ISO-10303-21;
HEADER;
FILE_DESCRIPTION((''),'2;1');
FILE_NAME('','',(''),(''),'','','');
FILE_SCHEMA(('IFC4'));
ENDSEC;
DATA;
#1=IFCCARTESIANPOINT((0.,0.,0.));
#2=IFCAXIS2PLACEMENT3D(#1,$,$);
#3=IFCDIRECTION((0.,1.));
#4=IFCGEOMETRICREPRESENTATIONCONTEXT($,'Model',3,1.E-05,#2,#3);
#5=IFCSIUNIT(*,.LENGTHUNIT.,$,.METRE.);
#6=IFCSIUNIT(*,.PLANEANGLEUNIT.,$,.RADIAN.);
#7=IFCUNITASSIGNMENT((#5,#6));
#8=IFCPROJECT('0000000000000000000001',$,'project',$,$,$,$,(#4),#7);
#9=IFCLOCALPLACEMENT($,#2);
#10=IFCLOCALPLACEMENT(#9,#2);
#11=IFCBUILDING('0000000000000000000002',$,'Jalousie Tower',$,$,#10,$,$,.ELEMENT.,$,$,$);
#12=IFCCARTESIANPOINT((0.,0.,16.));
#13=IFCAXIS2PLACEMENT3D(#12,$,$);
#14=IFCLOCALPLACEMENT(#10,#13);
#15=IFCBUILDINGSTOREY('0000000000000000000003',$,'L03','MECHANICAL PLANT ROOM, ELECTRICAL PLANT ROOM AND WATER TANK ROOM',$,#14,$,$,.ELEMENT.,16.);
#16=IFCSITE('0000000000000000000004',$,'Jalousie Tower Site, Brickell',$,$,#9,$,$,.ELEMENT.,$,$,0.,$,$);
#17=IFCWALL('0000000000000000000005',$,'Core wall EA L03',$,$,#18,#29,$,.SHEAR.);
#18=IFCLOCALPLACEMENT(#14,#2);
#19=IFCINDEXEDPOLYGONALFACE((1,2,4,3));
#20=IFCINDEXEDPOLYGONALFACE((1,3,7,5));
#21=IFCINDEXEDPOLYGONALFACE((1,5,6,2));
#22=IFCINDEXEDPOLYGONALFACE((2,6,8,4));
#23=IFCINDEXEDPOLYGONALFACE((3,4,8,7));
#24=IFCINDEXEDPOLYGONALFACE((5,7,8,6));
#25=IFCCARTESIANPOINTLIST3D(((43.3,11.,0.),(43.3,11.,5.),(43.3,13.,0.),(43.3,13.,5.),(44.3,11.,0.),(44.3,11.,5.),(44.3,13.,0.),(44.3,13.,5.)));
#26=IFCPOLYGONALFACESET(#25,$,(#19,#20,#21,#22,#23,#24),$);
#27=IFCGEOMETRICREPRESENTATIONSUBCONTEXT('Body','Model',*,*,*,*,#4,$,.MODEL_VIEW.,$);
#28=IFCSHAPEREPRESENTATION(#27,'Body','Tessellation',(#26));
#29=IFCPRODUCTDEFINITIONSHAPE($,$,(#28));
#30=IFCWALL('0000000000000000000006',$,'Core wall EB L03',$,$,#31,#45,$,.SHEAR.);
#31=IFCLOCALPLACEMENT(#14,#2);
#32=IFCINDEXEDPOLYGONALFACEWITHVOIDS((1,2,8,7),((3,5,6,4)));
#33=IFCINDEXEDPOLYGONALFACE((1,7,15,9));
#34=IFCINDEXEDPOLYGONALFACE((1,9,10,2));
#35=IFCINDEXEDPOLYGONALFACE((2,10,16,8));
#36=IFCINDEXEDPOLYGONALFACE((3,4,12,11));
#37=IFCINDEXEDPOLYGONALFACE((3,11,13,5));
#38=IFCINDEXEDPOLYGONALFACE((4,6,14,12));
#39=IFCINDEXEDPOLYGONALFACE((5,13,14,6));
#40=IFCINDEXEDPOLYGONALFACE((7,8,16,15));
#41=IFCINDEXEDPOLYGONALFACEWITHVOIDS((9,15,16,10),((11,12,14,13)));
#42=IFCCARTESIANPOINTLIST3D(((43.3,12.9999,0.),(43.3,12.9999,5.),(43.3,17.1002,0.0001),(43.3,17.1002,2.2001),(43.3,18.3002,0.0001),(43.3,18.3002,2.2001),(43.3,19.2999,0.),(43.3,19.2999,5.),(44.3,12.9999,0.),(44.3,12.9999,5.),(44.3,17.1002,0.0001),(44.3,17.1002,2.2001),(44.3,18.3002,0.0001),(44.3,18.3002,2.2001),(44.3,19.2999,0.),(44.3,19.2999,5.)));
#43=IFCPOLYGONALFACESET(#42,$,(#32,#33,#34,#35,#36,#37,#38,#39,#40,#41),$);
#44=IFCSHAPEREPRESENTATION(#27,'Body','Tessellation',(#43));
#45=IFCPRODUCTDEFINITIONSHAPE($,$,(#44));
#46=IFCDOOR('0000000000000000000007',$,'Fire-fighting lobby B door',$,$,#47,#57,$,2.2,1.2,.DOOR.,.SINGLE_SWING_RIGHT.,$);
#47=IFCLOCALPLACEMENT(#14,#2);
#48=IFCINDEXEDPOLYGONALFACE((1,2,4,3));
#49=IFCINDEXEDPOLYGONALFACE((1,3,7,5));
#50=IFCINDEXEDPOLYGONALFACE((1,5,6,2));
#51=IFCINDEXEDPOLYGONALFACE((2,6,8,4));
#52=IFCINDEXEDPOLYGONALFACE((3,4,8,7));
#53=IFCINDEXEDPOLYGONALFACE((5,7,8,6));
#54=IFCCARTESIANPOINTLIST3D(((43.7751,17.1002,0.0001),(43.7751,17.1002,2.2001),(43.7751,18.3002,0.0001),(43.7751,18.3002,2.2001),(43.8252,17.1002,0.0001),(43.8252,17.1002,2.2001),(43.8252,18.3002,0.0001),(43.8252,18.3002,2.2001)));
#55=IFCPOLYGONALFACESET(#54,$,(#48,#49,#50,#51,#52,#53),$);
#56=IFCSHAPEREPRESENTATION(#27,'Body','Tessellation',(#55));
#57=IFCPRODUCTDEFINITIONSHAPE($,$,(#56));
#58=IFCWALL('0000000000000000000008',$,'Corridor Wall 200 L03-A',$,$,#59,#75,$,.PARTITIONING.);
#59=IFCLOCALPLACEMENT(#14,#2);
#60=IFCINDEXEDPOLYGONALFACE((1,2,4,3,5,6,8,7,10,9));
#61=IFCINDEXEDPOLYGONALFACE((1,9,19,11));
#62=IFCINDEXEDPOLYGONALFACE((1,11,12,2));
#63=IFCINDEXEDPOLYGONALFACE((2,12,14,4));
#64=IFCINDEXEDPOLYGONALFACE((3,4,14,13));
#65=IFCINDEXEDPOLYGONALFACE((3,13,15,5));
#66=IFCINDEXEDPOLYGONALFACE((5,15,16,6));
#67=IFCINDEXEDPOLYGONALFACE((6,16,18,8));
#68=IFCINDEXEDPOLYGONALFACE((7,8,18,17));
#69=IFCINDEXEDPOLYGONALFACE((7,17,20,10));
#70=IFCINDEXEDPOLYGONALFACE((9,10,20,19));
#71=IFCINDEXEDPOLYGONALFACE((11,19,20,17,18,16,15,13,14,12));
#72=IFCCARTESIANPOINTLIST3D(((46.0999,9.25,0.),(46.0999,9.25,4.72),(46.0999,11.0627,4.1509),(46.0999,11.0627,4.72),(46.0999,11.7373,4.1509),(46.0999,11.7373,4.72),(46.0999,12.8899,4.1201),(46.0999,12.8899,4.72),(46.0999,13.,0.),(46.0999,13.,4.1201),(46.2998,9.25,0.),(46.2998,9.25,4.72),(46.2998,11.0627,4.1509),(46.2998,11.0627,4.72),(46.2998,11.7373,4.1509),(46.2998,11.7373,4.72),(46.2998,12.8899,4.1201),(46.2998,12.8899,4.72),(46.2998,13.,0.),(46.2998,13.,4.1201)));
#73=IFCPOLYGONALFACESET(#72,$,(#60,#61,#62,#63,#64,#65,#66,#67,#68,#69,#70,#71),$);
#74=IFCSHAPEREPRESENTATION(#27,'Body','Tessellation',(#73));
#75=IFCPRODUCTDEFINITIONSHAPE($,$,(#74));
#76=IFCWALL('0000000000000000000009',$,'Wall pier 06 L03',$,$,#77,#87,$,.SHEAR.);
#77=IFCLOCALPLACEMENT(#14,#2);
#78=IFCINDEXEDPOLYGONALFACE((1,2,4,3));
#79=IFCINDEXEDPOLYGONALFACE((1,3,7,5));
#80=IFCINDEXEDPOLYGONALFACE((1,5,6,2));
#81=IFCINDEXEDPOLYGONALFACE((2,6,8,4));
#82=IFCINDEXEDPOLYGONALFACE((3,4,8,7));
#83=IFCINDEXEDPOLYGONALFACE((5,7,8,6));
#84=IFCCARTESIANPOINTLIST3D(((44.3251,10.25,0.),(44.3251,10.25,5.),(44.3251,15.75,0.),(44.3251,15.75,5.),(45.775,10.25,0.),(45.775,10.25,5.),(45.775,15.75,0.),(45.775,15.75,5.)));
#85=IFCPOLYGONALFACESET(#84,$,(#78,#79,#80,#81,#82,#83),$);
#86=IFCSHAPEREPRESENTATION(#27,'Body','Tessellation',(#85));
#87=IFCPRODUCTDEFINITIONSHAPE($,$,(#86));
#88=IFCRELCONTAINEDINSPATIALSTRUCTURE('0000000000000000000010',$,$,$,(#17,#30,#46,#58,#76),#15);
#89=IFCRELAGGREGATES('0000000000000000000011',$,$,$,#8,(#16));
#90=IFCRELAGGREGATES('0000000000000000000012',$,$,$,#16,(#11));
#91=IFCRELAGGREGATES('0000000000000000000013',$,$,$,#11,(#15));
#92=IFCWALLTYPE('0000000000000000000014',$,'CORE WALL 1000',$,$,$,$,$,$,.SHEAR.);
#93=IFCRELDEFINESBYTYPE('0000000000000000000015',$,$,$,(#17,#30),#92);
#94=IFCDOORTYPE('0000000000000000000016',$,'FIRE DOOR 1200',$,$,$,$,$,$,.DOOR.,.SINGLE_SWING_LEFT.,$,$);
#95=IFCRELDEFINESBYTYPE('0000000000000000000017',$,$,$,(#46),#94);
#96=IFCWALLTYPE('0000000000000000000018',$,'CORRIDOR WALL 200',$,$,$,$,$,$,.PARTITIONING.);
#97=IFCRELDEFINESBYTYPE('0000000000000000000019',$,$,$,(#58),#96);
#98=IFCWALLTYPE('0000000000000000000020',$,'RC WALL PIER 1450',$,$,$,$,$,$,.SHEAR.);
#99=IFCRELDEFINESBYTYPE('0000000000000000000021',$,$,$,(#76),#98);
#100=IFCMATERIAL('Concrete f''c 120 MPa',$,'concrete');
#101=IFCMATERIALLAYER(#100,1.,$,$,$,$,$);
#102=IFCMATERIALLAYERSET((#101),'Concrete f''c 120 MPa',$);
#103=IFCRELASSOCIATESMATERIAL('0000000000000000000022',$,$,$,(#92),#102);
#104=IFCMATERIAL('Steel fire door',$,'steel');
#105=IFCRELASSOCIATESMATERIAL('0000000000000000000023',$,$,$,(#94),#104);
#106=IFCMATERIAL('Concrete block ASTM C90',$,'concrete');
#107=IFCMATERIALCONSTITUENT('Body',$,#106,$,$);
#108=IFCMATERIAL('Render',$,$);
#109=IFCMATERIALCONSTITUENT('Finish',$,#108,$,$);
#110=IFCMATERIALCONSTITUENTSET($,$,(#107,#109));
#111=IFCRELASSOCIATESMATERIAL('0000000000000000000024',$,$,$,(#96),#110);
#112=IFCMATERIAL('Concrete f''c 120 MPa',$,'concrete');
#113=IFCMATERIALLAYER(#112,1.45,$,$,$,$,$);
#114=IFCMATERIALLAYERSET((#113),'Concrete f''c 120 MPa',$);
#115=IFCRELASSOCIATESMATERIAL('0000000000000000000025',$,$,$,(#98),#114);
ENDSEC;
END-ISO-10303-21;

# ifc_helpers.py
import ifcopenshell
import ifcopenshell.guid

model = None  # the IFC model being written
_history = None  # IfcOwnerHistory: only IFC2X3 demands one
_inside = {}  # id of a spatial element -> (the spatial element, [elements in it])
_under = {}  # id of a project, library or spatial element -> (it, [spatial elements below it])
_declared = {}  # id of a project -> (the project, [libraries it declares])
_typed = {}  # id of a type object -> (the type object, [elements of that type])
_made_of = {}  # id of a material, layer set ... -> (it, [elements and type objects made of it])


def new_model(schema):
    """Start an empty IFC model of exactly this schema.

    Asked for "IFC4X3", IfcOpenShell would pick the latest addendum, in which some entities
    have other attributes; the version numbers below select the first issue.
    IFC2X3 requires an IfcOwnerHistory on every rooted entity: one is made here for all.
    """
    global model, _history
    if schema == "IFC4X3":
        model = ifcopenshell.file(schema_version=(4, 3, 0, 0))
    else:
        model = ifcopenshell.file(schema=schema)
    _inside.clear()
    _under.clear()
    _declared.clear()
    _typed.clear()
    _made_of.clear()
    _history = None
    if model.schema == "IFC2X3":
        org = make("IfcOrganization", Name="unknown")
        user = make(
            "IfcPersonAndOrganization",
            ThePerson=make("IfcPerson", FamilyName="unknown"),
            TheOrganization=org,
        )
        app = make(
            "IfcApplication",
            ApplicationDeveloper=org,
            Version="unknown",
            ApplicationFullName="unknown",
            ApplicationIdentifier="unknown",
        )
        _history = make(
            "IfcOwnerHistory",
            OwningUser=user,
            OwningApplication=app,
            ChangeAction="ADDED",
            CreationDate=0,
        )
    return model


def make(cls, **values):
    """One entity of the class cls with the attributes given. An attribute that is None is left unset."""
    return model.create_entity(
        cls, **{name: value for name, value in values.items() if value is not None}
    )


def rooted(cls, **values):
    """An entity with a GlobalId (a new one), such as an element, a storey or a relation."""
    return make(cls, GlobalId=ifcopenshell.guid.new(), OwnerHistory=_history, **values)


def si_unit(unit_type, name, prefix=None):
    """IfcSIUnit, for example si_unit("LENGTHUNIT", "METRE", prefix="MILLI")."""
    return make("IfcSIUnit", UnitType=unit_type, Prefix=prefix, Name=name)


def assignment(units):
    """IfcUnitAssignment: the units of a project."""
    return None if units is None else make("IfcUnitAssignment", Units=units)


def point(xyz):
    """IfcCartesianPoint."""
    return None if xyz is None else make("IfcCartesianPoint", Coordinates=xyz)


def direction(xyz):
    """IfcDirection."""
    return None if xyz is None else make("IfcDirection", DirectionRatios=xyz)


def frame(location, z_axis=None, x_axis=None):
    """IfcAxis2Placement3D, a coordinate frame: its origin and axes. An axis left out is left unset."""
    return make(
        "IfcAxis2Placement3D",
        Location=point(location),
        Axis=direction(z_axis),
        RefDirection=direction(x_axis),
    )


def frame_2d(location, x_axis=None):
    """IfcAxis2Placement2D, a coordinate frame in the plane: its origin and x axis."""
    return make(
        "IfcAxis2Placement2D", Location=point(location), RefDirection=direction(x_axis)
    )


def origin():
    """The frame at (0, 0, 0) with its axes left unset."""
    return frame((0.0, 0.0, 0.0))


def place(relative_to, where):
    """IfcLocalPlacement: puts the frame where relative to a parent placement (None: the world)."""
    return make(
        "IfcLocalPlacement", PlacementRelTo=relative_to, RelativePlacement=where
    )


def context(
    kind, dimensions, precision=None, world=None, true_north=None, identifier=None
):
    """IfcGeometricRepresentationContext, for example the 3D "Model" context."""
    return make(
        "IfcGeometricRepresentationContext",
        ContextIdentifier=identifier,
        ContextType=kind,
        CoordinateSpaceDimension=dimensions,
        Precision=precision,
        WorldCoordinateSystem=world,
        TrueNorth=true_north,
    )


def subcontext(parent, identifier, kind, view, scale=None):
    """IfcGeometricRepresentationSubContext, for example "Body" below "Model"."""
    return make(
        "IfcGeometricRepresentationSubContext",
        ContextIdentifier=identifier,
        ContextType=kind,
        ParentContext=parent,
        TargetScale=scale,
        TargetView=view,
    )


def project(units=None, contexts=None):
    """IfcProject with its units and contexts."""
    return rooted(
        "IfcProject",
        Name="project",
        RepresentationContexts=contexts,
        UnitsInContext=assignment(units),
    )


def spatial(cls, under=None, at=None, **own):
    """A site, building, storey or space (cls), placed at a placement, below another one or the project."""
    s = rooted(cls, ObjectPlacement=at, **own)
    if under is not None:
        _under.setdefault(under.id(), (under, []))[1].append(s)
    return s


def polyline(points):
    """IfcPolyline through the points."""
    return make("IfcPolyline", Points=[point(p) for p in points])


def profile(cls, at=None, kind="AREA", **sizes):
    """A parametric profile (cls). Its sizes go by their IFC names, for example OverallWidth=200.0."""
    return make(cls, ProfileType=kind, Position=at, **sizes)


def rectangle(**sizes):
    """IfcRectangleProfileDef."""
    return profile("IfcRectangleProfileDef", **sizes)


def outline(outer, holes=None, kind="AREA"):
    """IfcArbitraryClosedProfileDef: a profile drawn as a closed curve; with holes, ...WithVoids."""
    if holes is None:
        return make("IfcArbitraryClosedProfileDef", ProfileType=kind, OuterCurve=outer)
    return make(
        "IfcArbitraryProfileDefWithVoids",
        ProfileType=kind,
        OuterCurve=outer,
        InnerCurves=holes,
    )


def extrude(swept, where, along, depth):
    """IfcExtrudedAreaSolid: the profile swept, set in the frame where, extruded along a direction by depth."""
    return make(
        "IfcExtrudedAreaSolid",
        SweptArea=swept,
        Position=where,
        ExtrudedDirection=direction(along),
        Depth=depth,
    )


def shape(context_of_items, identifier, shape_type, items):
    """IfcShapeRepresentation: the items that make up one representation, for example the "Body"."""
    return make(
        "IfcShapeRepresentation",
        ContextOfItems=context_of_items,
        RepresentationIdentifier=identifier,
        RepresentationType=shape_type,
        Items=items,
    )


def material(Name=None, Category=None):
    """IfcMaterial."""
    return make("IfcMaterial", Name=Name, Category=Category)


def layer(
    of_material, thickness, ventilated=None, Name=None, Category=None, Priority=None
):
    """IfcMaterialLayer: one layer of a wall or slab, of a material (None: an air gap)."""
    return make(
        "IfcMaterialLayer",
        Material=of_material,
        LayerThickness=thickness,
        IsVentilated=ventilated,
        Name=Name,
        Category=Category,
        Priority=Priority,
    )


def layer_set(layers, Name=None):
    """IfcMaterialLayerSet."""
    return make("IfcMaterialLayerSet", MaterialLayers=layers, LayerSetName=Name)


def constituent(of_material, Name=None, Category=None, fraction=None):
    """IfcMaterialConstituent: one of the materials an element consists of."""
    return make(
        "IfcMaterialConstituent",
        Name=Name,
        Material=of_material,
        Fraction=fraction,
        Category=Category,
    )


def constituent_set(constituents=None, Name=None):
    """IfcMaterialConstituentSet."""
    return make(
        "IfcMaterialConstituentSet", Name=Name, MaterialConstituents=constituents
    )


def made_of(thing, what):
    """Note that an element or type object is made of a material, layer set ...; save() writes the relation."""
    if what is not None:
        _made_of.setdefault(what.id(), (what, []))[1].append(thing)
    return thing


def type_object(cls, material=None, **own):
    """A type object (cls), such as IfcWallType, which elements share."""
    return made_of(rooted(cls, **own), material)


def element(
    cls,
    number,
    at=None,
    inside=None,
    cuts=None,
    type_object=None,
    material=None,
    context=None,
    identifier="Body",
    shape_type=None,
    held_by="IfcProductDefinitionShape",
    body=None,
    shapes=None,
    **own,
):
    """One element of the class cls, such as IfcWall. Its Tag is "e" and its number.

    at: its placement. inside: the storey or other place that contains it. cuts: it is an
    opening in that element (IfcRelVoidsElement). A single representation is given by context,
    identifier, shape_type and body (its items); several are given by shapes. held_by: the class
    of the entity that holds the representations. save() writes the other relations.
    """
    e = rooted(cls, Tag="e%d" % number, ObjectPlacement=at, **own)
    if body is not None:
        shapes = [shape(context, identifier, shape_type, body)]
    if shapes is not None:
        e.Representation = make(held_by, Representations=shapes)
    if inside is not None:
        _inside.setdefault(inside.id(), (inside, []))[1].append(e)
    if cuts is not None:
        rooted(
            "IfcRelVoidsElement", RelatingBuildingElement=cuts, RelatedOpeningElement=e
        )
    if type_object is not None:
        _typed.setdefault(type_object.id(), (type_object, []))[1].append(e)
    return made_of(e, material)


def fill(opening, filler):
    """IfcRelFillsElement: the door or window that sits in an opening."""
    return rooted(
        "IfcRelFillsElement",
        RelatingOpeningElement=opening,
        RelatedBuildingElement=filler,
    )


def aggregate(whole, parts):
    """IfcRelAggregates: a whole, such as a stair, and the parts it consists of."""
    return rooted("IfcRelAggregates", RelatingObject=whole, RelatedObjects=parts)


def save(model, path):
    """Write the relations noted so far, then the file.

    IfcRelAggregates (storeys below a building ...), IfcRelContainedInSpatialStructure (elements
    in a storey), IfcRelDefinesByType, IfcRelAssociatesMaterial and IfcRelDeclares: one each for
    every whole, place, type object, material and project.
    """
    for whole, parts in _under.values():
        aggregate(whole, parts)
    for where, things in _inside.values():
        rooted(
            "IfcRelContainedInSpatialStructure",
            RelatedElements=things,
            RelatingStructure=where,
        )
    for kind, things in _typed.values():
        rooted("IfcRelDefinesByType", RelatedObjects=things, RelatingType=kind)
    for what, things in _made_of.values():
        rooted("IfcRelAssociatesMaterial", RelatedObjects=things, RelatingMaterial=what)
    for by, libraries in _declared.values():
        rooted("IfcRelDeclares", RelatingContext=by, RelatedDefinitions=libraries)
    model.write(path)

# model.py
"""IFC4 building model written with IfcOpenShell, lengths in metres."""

from ifc_helpers import new_model, si_unit, direction, frame, frame_2d, origin, place, context, subcontext, project, spatial, polyline, rectangle, outline, extrude, material, layer, layer_set, constituent, constituent_set, type_object, element, fill, save


model = new_model("IFC4")

# Units and contexts
model_context = context("Model", 3, precision=1e-05, world=origin(), true_north=direction((0.0, 1.0)))
body_context = subcontext(model_context, "Body", "Model", "MODEL_VIEW")
ifc_project = project(units=[si_unit("LENGTHUNIT", "METRE"), si_unit("PLANEANGLEUNIT", "RADIAN")], contexts=[model_context])

# Site, building, storey
site_placement = place(None, origin())
site = spatial("IfcSite", under=ifc_project, at=site_placement, Name="Jalousie Tower Site, Brickell", CompositionType="ELEMENT", RefElevation=0.0)
building_placement = place(site_placement, origin())
building = spatial("IfcBuilding", under=site, at=building_placement, Name="Jalousie Tower", CompositionType="ELEMENT")
storey_placement = place(building_placement, frame((0.0, 0.0, 16.0)))
storey = spatial("IfcBuildingStorey", under=building, at=storey_placement, Name="L03", Description="MECHANICAL PLANT ROOM, ELECTRICAL PLANT ROOM AND WATER TANK ROOM", CompositionType="ELEMENT", Elevation=16.0)

# Wall
ifc_material_1 = material(Name="Concrete f'c 120 MPa", Category="concrete")
ifc_layer_1 = layer(ifc_material_1, 1.0)
ifc_layer_set_1 = layer_set([ifc_layer_1], Name="Concrete f'c 120 MPa")
wall_type_1 = type_object("IfcWallType", Name="CORE WALL 1000", PredefinedType="SHEAR", material=ifc_layer_set_1)
wall_1_placement = place(storey_placement, frame((43.8, 11.0, 0.0), z_axis=(0.0, 0.0, 1.0), x_axis=(0.0, 1.0, 0.0)))
element("IfcWall", 1, at=wall_1_placement, inside=storey, type_object=wall_type_1, Name="Core wall EA L03", PredefinedType="SHEAR", context=body_context, shape_type="SweptSolid", body=[
    extrude(rectangle(XDim=2.0, YDim=1.0, at=frame_2d((1.0, 0.0))), origin(), (0.0, 0.0, 1.0), 5.0),
])

# Wall, opening, door
wall_2_placement = place(storey_placement, frame((43.8, 13.0, 0.0), z_axis=(0.0, 0.0, 1.0), x_axis=(0.0, 1.0, 0.0)))
wall_2 = element("IfcWall", 2, at=wall_2_placement, inside=storey, type_object=wall_type_1, Name="Core wall EB L03", PredefinedType="SHEAR", context=body_context, shape_type="SweptSolid", body=[
    extrude(rectangle(XDim=6.3, YDim=1.0, at=frame_2d((3.1499, 0.0))), origin(), (0.0, 0.0, 1.0), 5.0),
])
opening_1_placement = place(wall_2_placement, frame((4.1001, 0.0, 0.0)))
opening_1 = element("IfcOpeningElement", 3, at=opening_1_placement, cuts=wall_2, PredefinedType="OPENING", context=body_context, shape_type="SweptSolid", body=[
    extrude(rectangle(XDim=1.2, YDim=2.2, at=frame_2d((0.6001, 1.1001))), frame((0.0, 0.51, 0.0), z_axis=(0.0, -1.0, 0.0), x_axis=(1.0, 0.0, 0.0)), (0.0, 0.0, 1.0), 1.02),
])
ifc_material_2 = material(Name="Steel fire door", Category="steel")
door_type_1 = type_object("IfcDoorType", Name="FIRE DOOR 1200", OperationType="SINGLE_SWING_LEFT", PredefinedType="DOOR", material=ifc_material_2)
door_1_placement = place(opening_1_placement, origin())
door_1 = element("IfcDoor", 4, at=door_1_placement, inside=storey, type_object=door_type_1, Name="Fire-fighting lobby B door", OperationType="SINGLE_SWING_RIGHT", OverallHeight=2.2, OverallWidth=1.2, PredefinedType="DOOR", context=body_context, shape_type="SweptSolid", body=[
    extrude(rectangle(XDim=1.2, YDim=2.2, at=frame_2d((0.6001, 1.1001))), frame((0.0, 0.0249, 0.0), z_axis=(0.0, -1.0, 0.0), x_axis=(1.0, 0.0, 0.0)), (0.0, 0.0, 1.0), 0.05),
])
fill(opening_1, door_1)

# Wall
ifc_material_3 = material(Name="Concrete block ASTM C90", Category="concrete")
ifc_constituent_1 = constituent(ifc_material_3, Name="Body")
ifc_material_4 = material(Name="Render")
ifc_constituent_2 = constituent(ifc_material_4, Name="Finish")
ifc_constituent_set = constituent_set(constituents=[ifc_constituent_1, ifc_constituent_2])
wall_type_2 = type_object("IfcWallType", Name="CORRIDOR WALL 200", PredefinedType="PARTITIONING", material=ifc_constituent_set)
wall_3_placement = place(storey_placement, frame((46.2, 9.25, 0.0), z_axis=(0.0, 0.0, 1.0), x_axis=(0.0, 1.0, 0.0)))
element("IfcWall", 5, at=wall_3_placement, inside=storey, type_object=wall_type_2, Name="Corridor Wall 200 L03-A", PredefinedType="PARTITIONING", context=body_context, shape_type="SweptSolid", body=[
    extrude(outline(polyline([(0.0, 0.0), (3.75, 0.0), (3.75, 4.1201), (3.6399, 4.1201), (3.6399, 4.72), (2.4873, 4.72), (2.4873, 4.1509), (1.8127, 4.1509), (1.8127, 4.72), (0.0, 4.72), (0.0, 0.0)])), frame((0.0, 0.1001, 0.0), z_axis=(0.0, -1.0, 0.0), x_axis=(1.0, 0.0, 0.0)), (0.0, 0.0, 1.0), 0.2),
])

# Wall
ifc_material_5 = material(Name="Concrete f'c 120 MPa", Category="concrete")
ifc_layer_2 = layer(ifc_material_5, 1.45)
ifc_layer_set_2 = layer_set([ifc_layer_2], Name="Concrete f'c 120 MPa")
wall_type_3 = type_object("IfcWallType", Name="RC WALL PIER 1450", PredefinedType="SHEAR", material=ifc_layer_set_2)
wall_4_placement = place(storey_placement, frame((45.05, 10.25, 0.0), z_axis=(0.0, 0.0, 1.0), x_axis=(0.0, 1.0, 0.0)))
element("IfcWall", 6, at=wall_4_placement, inside=storey, type_object=wall_type_3, Name="Wall pier 06 L03", PredefinedType="SHEAR", context=body_context, shape_type="SweptSolid", body=[
    extrude(rectangle(XDim=5.5, YDim=1.45, at=frame_2d((2.75, 0.0))), origin(), (0.0, 0.0, 1.0), 5.0),
])

save(model, "model.ifc")
